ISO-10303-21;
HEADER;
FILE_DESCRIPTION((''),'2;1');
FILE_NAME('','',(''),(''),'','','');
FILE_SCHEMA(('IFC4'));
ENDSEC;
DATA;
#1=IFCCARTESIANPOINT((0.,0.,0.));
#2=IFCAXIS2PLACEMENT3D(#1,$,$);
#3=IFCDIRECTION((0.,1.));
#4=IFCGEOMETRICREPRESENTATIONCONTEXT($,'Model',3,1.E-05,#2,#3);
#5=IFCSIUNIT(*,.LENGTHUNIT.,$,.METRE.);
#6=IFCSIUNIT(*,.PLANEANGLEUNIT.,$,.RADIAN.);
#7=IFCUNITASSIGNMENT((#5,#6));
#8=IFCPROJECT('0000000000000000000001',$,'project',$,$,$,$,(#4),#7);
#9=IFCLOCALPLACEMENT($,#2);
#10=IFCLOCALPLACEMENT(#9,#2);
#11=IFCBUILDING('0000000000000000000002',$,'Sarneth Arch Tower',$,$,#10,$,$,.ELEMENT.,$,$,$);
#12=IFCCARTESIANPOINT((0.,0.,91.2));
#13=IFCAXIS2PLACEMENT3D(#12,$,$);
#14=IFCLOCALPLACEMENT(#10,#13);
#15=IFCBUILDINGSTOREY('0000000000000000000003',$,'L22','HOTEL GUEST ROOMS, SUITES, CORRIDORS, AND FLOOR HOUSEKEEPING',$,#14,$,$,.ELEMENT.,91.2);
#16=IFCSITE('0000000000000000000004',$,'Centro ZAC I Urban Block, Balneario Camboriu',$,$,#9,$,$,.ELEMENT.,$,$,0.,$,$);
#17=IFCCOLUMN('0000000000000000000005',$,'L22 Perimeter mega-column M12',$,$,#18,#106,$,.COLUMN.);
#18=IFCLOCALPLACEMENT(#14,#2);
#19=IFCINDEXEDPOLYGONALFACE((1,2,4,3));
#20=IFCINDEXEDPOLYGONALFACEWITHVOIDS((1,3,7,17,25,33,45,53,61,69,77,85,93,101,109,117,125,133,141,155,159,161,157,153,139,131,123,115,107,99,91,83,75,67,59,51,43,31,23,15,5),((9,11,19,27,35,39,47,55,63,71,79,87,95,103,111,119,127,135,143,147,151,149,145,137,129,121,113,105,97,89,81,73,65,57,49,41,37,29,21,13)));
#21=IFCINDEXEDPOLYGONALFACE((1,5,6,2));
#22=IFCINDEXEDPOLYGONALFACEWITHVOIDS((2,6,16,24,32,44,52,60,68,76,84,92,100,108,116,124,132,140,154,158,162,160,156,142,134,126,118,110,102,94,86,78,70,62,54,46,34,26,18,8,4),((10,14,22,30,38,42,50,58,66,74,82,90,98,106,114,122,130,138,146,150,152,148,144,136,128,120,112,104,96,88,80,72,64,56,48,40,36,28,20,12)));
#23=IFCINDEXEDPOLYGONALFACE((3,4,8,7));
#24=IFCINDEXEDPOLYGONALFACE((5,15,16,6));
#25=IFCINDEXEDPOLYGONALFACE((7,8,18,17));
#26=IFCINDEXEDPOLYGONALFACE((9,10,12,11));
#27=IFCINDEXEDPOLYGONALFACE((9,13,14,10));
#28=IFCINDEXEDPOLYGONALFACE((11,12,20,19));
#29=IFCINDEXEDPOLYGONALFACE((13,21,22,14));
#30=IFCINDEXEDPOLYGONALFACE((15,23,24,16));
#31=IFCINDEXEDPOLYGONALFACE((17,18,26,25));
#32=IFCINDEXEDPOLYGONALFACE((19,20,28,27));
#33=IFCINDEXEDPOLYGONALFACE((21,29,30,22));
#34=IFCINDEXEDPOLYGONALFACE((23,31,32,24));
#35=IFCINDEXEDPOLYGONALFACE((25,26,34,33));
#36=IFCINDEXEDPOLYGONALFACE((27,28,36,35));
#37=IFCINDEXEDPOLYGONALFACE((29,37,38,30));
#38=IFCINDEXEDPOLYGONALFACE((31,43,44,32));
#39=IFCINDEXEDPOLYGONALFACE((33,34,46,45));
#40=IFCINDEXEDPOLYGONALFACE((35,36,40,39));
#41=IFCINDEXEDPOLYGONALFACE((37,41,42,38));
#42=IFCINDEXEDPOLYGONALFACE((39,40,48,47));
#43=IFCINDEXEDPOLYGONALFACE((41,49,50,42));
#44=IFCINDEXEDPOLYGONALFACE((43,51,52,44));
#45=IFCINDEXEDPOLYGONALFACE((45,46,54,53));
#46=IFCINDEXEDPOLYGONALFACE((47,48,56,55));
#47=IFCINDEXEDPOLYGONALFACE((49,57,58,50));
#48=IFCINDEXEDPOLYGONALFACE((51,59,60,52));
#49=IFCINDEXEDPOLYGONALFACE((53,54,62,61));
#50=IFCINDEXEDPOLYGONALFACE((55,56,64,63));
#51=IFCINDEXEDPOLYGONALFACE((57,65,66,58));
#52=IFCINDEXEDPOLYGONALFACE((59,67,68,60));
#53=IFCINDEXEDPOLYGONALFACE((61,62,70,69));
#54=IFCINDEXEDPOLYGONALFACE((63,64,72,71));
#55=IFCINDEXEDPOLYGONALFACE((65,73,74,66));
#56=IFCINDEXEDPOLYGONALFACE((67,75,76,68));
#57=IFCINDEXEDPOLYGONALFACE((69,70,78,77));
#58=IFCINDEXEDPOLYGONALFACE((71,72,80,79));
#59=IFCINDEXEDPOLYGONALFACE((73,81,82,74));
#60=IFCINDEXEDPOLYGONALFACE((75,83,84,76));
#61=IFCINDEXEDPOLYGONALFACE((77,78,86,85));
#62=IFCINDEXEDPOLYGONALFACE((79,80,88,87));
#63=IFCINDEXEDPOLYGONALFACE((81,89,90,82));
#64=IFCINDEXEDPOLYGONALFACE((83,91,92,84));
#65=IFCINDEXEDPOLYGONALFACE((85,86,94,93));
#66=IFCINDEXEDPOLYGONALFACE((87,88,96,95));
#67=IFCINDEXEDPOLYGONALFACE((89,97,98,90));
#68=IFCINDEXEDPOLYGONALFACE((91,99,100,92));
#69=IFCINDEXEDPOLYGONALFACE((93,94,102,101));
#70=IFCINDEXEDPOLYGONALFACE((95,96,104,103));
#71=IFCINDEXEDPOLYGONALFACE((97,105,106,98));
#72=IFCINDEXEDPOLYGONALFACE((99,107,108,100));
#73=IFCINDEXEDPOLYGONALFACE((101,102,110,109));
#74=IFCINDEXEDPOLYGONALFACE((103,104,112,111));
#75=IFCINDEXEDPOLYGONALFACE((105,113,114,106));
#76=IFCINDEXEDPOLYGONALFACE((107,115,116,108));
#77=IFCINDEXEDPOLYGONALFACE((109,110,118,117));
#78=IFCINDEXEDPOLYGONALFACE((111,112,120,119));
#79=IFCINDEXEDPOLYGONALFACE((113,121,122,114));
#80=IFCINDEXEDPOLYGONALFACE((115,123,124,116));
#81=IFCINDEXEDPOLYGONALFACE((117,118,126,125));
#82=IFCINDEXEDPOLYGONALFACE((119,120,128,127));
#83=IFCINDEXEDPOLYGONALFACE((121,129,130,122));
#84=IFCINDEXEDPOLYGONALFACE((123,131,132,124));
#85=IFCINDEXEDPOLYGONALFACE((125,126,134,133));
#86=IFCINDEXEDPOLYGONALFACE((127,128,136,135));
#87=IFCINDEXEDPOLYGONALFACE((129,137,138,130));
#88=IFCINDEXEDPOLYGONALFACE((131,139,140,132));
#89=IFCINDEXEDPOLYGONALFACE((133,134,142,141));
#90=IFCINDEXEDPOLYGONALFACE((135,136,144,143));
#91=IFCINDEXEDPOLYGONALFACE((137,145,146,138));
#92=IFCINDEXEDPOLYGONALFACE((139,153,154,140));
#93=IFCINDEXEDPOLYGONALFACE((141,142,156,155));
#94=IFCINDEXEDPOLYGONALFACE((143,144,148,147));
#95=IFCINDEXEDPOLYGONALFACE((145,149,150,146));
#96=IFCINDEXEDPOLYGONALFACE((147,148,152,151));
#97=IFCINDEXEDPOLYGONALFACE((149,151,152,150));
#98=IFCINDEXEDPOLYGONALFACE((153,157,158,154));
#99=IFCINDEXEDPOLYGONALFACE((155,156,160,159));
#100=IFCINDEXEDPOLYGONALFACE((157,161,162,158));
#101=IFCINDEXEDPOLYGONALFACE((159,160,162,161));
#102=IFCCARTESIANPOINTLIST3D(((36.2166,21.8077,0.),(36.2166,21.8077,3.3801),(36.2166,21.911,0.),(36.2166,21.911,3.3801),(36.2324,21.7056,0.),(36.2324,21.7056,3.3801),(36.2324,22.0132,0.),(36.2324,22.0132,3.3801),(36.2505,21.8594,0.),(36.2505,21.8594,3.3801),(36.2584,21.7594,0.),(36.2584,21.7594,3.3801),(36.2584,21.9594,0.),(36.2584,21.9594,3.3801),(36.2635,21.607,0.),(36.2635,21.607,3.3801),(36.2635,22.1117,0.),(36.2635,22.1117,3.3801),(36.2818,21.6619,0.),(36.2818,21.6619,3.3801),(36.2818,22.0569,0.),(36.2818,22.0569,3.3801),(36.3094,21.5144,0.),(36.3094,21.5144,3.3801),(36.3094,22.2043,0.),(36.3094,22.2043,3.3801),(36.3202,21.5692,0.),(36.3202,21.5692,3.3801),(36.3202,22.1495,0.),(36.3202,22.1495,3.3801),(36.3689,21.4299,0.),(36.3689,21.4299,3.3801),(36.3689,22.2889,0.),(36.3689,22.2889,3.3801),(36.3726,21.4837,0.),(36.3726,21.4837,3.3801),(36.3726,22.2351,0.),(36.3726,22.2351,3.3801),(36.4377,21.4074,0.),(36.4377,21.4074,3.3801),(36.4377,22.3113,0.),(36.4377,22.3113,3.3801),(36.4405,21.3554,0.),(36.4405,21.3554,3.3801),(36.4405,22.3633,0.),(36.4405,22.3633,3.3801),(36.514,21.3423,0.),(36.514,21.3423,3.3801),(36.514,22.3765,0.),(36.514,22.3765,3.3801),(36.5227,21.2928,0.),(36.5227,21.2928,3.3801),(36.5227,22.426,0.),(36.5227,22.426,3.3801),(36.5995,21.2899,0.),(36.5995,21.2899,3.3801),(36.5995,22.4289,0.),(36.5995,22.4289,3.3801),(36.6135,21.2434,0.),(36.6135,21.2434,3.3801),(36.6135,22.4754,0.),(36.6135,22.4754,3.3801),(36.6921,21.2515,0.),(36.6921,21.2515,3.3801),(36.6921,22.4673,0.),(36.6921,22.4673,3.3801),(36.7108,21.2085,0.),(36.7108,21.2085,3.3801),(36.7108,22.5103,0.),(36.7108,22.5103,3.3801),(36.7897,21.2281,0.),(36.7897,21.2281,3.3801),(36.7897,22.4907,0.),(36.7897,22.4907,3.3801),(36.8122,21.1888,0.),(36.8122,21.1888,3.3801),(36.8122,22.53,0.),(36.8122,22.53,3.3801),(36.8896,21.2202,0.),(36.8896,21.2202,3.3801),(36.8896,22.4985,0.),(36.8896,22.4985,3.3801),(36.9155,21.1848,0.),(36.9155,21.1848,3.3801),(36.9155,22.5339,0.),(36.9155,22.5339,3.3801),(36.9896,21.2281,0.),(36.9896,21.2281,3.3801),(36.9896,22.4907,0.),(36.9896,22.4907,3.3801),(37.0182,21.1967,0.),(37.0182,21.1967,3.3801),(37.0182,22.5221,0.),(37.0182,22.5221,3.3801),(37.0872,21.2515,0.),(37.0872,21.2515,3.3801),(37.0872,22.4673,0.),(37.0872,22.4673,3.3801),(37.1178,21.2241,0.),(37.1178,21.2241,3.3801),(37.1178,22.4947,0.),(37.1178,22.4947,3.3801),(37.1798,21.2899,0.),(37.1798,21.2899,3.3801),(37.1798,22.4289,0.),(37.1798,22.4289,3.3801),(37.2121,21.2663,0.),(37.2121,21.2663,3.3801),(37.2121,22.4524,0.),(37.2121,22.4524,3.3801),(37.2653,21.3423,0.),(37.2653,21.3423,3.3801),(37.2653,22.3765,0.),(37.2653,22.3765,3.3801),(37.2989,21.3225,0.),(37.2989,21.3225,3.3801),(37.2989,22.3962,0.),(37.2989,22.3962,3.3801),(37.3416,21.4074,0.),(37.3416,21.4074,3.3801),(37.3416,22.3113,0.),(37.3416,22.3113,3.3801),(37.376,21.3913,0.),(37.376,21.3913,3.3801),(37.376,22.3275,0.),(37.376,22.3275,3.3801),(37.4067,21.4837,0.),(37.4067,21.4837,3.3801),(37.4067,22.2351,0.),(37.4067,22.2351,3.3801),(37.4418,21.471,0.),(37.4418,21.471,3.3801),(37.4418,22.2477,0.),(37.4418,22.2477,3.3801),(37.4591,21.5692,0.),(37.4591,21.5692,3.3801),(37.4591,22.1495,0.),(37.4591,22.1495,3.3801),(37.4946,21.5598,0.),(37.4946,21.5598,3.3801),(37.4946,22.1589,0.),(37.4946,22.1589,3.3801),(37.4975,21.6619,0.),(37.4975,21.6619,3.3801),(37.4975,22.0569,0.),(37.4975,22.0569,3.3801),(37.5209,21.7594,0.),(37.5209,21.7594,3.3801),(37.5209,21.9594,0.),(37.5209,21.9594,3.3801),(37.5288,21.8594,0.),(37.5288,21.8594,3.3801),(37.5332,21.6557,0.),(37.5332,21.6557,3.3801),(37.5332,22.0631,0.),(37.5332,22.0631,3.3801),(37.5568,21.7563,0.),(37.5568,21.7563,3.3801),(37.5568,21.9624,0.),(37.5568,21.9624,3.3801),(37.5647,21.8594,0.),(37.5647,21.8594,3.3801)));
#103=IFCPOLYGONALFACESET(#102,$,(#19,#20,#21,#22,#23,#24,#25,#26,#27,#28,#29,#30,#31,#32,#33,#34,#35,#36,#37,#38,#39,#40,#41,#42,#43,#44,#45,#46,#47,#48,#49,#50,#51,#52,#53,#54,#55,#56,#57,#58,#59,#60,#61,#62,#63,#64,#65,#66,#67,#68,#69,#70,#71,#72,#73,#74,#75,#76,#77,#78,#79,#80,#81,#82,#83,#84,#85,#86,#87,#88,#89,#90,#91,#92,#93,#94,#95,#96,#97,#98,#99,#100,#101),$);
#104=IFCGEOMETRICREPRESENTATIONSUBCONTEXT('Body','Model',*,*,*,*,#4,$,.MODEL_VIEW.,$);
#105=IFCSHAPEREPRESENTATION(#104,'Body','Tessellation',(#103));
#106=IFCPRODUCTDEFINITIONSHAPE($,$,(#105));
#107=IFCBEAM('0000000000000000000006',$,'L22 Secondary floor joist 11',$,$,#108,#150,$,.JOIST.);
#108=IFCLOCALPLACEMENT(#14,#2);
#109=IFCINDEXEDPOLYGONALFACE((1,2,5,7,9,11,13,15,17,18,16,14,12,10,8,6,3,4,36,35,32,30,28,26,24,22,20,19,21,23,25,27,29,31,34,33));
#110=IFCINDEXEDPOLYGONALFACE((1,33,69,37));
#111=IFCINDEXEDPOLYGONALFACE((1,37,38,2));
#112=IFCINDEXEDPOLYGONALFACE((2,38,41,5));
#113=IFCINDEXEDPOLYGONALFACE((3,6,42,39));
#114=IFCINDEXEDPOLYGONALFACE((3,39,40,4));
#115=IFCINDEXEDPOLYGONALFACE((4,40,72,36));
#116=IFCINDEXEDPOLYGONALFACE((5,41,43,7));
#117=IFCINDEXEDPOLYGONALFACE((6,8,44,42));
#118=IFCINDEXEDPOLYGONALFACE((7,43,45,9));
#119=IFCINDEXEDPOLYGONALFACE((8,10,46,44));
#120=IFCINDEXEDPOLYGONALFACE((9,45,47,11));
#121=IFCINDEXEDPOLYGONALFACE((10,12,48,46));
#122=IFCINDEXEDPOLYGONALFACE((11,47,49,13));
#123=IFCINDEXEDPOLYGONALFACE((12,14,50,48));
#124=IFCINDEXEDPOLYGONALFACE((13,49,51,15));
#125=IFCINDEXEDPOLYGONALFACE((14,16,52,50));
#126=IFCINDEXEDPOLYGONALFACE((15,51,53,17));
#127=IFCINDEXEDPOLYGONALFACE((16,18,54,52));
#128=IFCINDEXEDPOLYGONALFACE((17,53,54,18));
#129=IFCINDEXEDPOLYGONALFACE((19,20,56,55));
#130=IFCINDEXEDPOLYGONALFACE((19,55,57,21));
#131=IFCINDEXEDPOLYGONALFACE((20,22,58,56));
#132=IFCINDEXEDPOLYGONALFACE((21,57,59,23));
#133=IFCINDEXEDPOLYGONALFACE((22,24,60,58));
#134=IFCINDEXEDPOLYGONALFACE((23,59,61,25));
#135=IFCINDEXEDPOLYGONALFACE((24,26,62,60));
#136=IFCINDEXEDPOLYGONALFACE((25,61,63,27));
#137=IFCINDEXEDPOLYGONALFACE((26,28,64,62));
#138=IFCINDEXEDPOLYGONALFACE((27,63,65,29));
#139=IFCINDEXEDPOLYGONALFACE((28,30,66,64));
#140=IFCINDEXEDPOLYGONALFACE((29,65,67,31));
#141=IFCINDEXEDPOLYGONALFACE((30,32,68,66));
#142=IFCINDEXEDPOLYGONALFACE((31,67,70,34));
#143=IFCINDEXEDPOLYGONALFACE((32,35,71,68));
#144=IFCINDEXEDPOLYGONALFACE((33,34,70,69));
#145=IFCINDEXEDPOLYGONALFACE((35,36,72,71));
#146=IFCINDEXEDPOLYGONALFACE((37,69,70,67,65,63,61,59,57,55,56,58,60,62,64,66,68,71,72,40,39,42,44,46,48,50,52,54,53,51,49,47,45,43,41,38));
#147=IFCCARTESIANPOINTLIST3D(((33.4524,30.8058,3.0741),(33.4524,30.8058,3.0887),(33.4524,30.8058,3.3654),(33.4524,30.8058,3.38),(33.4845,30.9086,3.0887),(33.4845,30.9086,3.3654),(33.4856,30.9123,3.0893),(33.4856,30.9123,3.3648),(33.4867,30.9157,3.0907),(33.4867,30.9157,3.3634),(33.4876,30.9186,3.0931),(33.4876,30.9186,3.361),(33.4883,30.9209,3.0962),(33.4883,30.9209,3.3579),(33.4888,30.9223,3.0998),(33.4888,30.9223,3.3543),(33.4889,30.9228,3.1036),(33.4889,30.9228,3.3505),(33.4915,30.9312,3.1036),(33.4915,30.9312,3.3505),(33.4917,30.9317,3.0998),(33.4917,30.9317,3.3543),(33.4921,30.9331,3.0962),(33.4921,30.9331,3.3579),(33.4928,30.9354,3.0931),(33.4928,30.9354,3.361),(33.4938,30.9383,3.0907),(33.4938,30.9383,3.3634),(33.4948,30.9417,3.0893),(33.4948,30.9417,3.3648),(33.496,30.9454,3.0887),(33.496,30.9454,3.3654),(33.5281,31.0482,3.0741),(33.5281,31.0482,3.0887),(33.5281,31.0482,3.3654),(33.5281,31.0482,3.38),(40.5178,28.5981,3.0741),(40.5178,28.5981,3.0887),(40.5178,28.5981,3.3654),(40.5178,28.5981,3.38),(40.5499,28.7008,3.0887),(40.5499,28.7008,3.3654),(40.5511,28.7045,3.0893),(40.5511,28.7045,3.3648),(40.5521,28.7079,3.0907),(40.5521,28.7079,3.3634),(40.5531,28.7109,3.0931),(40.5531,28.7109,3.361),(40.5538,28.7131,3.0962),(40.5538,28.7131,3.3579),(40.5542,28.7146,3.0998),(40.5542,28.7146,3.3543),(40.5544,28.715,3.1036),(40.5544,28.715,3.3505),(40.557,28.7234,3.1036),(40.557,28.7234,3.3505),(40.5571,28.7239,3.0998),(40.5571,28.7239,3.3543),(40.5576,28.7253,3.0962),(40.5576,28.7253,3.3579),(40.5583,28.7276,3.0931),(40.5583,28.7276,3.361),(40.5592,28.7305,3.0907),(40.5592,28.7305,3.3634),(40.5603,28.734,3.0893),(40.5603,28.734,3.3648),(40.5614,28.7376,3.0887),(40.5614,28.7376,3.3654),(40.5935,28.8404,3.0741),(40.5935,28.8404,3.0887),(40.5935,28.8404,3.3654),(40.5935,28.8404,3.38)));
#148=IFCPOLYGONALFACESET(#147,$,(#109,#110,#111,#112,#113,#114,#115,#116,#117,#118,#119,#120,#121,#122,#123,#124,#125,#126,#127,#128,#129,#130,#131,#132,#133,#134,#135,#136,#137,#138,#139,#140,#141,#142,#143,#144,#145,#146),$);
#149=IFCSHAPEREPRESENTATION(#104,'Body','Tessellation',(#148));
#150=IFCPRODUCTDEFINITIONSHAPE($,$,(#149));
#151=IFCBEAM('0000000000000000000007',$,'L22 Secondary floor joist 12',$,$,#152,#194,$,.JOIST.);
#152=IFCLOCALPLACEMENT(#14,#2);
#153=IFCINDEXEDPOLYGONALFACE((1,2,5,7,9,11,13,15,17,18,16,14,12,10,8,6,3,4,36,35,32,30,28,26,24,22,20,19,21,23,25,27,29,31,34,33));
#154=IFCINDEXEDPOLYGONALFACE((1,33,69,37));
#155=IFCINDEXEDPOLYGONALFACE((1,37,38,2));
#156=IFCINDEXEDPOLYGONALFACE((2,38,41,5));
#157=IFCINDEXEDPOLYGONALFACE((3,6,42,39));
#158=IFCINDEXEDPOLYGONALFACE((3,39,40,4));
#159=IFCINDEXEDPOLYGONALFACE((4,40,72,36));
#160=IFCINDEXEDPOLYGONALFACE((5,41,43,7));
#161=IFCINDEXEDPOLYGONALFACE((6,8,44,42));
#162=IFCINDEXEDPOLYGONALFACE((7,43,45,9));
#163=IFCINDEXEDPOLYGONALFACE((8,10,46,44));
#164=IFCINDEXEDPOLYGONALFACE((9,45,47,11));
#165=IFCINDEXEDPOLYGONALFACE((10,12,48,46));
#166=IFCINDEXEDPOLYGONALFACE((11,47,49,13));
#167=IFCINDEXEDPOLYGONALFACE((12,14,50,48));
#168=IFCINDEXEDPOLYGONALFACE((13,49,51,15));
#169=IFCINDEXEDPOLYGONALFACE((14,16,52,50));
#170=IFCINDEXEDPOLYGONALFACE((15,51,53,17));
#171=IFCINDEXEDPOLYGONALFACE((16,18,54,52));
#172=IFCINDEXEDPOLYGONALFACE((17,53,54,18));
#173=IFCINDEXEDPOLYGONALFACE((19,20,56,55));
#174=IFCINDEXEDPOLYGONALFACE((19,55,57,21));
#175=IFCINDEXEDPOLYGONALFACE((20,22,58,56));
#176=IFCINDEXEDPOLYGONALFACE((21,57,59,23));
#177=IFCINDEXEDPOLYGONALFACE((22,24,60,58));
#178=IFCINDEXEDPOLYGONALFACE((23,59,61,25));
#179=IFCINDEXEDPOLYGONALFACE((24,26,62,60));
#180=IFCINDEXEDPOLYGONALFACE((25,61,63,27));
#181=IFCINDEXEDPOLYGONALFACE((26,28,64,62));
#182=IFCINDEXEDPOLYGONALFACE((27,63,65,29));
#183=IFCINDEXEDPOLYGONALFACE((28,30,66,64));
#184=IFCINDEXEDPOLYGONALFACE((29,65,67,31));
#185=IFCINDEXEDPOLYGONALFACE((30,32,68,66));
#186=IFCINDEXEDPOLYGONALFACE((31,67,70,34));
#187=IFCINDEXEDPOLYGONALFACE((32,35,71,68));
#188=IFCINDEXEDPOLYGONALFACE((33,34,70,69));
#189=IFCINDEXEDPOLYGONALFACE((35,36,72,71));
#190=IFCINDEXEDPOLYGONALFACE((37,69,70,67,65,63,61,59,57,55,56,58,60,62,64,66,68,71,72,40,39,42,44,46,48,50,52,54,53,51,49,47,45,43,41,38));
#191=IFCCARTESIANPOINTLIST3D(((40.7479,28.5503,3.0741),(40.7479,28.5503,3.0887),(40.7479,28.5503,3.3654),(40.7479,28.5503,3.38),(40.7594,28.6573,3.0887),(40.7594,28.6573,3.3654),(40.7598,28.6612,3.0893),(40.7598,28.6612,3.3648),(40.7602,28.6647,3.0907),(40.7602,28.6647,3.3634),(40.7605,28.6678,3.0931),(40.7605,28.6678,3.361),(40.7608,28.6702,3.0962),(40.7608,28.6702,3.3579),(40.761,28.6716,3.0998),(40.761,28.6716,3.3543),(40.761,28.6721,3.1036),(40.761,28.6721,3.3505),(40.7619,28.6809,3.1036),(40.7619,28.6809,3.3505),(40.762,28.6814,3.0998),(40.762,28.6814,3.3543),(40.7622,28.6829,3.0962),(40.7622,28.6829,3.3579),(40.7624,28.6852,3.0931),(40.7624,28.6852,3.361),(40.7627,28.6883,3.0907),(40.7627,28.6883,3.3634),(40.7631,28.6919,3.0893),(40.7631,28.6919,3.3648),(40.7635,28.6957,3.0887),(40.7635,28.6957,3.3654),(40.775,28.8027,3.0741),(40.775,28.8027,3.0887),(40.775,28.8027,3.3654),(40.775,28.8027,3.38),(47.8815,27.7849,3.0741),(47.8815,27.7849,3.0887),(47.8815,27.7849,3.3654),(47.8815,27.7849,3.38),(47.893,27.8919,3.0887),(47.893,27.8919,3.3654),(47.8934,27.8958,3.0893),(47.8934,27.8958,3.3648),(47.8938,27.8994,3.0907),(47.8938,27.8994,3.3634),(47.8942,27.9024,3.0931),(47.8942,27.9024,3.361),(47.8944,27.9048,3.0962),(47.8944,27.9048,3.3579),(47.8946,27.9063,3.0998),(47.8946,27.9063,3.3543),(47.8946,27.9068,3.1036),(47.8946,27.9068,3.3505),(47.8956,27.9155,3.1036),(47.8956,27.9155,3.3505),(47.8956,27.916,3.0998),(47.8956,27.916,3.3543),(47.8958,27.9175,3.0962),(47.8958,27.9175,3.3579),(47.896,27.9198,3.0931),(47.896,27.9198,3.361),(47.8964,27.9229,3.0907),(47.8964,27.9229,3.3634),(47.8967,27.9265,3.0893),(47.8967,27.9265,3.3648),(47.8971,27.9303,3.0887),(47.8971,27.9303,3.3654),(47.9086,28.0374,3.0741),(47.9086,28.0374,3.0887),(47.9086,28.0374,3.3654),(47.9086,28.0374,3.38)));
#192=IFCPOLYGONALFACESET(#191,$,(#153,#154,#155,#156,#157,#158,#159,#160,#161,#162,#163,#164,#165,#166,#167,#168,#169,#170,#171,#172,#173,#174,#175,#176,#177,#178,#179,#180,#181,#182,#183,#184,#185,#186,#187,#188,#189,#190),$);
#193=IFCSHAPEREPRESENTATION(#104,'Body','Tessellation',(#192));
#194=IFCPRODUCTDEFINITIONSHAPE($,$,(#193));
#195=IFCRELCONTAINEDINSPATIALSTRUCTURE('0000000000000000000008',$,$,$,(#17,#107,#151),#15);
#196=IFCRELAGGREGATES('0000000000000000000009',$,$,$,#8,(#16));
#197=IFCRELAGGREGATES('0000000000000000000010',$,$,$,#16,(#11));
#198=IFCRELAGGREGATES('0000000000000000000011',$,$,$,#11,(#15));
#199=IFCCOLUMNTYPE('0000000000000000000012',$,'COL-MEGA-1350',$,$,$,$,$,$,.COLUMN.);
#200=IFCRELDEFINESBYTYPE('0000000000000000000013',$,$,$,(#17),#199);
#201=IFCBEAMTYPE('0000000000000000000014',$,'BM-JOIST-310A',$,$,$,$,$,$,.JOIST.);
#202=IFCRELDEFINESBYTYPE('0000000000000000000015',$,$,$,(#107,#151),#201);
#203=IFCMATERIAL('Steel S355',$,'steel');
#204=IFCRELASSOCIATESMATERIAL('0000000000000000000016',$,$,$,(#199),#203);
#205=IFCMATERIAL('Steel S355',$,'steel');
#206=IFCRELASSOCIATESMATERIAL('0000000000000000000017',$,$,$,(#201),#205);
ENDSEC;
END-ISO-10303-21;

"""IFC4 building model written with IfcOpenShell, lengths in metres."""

from ifc_helpers import new_model, si_unit, direction, frame, origin, origin_2d, place, context, subcontext, project, spatial, hollow_circle, i_section, extrude, material, material_profile, profile_set, type_object, element, save


model = new_model("IFC4")

# Units and contexts
model_context = context("Model", 3, precision=1e-05, world=origin(), true_north=direction((0.0, 1.0)))
body_context = subcontext(model_context, "Body", "Model", "MODEL_VIEW")
ifc_project = project(units=[si_unit("LENGTHUNIT", "METRE"), si_unit("PLANEANGLEUNIT", "RADIAN")], contexts=[model_context])

# Site, building, storey
site_placement = place(None, origin())
site = spatial("IfcSite", under=ifc_project, at=site_placement, Name="Centro ZAC I Urban Block, Balneario Camboriu", CompositionType="ELEMENT", RefElevation=0.0)
building_placement = place(site_placement, origin())
building = spatial("IfcBuilding", under=site, at=building_placement, Name="Sarneth Arch Tower", CompositionType="ELEMENT")
storey_placement = place(building_placement, frame((0.0, 0.0, 91.2)))
storey = spatial("IfcBuildingStorey", under=building, at=storey_placement, Name="L22", Description="HOTEL GUEST ROOMS, SUITES, CORRIDORS, AND FLOOR HOUSEKEEPING", CompositionType="ELEMENT", Elevation=91.2)

# Column
ifc_material_1 = material(Name="Steel S355", Category="steel")
ifc_material_profile_1 = material_profile(ifc_material_1, hollow_circle(Radius=0.675, WallThickness=0.0359, at=origin_2d()), Name="CHS1350x36")
ifc_profile_set_1 = profile_set([ifc_material_profile_1], Name="Steel S355")
column_type = type_object("IfcColumnType", Name="COL-MEGA-1350", PredefinedType="COLUMN", material=ifc_profile_set_1)
column_placement = place(storey_placement, frame((36.8896, 21.8594, 0.0), z_axis=(0.0, 0.0, 1.0), x_axis=(1.0, 0.0, 0.0)))
element("IfcColumn", 1, at=column_placement, inside=storey, type_object=column_type, Name="L22 Perimeter mega-column M12", PredefinedType="COLUMN", context=body_context, shape_type="SweptSolid", body=[
    extrude(hollow_circle(Radius=0.675, WallThickness=0.0359, at=origin_2d()), origin(), (0.0, 0.0, 1.0), 3.3801),
])

# Beams
ifc_material_2 = material(Name="Steel S355", Category="steel")
ifc_material_profile_2 = material_profile(ifc_material_2, i_section(OverallWidth=0.2539, OverallDepth=0.3059, WebThickness=0.0088, FlangeThickness=0.0146, FilletRadius=0.0149, at=origin_2d()), Name="W310x79")
ifc_profile_set_2 = profile_set([ifc_material_profile_2], Name="Steel S355")
beam_type_1 = type_object("IfcBeamType", Name="BM-JOIST-310A", PredefinedType="JOIST", material=ifc_profile_set_2)
beam_1_placement = place(storey_placement, frame((33.4902, 30.927, 3.2271), z_axis=(0.954487, -0.298252, 0.0), x_axis=(0.298252, 0.954487, 0.0)))
element("IfcBeam", 2, at=beam_1_placement, inside=storey, type_object=beam_type_1, Name="L22 Secondary floor joist 11", PredefinedType="JOIST", context=body_context, shape_type="SweptSolid", body=[
    extrude(i_section(OverallWidth=0.2539, OverallDepth=0.3059, WebThickness=0.0088, FlangeThickness=0.0146, FilletRadius=0.0149, at=origin_2d()), origin(), (0.0, 0.0, 1.0), 7.4023),
])
beam_2_placement = place(storey_placement, frame((40.7615, 28.6765, 3.2271), z_axis=(0.994293, -0.106681, 0.0), x_axis=(0.106681, 0.994293, 0.0)))
element("IfcBeam", 3, at=beam_2_placement, inside=storey, type_object=beam_type_1, Name="L22 Secondary floor joist 12", PredefinedType="JOIST", context=body_context, shape_type="SweptSolid", body=[
    extrude(i_section(OverallWidth=0.2539, OverallDepth=0.3059, WebThickness=0.0088, FlangeThickness=0.0146, FilletRadius=0.0149, at=origin_2d()), origin(), (0.0, 0.0, 1.0), 7.1746),
])

save(model, "model.ifc")
